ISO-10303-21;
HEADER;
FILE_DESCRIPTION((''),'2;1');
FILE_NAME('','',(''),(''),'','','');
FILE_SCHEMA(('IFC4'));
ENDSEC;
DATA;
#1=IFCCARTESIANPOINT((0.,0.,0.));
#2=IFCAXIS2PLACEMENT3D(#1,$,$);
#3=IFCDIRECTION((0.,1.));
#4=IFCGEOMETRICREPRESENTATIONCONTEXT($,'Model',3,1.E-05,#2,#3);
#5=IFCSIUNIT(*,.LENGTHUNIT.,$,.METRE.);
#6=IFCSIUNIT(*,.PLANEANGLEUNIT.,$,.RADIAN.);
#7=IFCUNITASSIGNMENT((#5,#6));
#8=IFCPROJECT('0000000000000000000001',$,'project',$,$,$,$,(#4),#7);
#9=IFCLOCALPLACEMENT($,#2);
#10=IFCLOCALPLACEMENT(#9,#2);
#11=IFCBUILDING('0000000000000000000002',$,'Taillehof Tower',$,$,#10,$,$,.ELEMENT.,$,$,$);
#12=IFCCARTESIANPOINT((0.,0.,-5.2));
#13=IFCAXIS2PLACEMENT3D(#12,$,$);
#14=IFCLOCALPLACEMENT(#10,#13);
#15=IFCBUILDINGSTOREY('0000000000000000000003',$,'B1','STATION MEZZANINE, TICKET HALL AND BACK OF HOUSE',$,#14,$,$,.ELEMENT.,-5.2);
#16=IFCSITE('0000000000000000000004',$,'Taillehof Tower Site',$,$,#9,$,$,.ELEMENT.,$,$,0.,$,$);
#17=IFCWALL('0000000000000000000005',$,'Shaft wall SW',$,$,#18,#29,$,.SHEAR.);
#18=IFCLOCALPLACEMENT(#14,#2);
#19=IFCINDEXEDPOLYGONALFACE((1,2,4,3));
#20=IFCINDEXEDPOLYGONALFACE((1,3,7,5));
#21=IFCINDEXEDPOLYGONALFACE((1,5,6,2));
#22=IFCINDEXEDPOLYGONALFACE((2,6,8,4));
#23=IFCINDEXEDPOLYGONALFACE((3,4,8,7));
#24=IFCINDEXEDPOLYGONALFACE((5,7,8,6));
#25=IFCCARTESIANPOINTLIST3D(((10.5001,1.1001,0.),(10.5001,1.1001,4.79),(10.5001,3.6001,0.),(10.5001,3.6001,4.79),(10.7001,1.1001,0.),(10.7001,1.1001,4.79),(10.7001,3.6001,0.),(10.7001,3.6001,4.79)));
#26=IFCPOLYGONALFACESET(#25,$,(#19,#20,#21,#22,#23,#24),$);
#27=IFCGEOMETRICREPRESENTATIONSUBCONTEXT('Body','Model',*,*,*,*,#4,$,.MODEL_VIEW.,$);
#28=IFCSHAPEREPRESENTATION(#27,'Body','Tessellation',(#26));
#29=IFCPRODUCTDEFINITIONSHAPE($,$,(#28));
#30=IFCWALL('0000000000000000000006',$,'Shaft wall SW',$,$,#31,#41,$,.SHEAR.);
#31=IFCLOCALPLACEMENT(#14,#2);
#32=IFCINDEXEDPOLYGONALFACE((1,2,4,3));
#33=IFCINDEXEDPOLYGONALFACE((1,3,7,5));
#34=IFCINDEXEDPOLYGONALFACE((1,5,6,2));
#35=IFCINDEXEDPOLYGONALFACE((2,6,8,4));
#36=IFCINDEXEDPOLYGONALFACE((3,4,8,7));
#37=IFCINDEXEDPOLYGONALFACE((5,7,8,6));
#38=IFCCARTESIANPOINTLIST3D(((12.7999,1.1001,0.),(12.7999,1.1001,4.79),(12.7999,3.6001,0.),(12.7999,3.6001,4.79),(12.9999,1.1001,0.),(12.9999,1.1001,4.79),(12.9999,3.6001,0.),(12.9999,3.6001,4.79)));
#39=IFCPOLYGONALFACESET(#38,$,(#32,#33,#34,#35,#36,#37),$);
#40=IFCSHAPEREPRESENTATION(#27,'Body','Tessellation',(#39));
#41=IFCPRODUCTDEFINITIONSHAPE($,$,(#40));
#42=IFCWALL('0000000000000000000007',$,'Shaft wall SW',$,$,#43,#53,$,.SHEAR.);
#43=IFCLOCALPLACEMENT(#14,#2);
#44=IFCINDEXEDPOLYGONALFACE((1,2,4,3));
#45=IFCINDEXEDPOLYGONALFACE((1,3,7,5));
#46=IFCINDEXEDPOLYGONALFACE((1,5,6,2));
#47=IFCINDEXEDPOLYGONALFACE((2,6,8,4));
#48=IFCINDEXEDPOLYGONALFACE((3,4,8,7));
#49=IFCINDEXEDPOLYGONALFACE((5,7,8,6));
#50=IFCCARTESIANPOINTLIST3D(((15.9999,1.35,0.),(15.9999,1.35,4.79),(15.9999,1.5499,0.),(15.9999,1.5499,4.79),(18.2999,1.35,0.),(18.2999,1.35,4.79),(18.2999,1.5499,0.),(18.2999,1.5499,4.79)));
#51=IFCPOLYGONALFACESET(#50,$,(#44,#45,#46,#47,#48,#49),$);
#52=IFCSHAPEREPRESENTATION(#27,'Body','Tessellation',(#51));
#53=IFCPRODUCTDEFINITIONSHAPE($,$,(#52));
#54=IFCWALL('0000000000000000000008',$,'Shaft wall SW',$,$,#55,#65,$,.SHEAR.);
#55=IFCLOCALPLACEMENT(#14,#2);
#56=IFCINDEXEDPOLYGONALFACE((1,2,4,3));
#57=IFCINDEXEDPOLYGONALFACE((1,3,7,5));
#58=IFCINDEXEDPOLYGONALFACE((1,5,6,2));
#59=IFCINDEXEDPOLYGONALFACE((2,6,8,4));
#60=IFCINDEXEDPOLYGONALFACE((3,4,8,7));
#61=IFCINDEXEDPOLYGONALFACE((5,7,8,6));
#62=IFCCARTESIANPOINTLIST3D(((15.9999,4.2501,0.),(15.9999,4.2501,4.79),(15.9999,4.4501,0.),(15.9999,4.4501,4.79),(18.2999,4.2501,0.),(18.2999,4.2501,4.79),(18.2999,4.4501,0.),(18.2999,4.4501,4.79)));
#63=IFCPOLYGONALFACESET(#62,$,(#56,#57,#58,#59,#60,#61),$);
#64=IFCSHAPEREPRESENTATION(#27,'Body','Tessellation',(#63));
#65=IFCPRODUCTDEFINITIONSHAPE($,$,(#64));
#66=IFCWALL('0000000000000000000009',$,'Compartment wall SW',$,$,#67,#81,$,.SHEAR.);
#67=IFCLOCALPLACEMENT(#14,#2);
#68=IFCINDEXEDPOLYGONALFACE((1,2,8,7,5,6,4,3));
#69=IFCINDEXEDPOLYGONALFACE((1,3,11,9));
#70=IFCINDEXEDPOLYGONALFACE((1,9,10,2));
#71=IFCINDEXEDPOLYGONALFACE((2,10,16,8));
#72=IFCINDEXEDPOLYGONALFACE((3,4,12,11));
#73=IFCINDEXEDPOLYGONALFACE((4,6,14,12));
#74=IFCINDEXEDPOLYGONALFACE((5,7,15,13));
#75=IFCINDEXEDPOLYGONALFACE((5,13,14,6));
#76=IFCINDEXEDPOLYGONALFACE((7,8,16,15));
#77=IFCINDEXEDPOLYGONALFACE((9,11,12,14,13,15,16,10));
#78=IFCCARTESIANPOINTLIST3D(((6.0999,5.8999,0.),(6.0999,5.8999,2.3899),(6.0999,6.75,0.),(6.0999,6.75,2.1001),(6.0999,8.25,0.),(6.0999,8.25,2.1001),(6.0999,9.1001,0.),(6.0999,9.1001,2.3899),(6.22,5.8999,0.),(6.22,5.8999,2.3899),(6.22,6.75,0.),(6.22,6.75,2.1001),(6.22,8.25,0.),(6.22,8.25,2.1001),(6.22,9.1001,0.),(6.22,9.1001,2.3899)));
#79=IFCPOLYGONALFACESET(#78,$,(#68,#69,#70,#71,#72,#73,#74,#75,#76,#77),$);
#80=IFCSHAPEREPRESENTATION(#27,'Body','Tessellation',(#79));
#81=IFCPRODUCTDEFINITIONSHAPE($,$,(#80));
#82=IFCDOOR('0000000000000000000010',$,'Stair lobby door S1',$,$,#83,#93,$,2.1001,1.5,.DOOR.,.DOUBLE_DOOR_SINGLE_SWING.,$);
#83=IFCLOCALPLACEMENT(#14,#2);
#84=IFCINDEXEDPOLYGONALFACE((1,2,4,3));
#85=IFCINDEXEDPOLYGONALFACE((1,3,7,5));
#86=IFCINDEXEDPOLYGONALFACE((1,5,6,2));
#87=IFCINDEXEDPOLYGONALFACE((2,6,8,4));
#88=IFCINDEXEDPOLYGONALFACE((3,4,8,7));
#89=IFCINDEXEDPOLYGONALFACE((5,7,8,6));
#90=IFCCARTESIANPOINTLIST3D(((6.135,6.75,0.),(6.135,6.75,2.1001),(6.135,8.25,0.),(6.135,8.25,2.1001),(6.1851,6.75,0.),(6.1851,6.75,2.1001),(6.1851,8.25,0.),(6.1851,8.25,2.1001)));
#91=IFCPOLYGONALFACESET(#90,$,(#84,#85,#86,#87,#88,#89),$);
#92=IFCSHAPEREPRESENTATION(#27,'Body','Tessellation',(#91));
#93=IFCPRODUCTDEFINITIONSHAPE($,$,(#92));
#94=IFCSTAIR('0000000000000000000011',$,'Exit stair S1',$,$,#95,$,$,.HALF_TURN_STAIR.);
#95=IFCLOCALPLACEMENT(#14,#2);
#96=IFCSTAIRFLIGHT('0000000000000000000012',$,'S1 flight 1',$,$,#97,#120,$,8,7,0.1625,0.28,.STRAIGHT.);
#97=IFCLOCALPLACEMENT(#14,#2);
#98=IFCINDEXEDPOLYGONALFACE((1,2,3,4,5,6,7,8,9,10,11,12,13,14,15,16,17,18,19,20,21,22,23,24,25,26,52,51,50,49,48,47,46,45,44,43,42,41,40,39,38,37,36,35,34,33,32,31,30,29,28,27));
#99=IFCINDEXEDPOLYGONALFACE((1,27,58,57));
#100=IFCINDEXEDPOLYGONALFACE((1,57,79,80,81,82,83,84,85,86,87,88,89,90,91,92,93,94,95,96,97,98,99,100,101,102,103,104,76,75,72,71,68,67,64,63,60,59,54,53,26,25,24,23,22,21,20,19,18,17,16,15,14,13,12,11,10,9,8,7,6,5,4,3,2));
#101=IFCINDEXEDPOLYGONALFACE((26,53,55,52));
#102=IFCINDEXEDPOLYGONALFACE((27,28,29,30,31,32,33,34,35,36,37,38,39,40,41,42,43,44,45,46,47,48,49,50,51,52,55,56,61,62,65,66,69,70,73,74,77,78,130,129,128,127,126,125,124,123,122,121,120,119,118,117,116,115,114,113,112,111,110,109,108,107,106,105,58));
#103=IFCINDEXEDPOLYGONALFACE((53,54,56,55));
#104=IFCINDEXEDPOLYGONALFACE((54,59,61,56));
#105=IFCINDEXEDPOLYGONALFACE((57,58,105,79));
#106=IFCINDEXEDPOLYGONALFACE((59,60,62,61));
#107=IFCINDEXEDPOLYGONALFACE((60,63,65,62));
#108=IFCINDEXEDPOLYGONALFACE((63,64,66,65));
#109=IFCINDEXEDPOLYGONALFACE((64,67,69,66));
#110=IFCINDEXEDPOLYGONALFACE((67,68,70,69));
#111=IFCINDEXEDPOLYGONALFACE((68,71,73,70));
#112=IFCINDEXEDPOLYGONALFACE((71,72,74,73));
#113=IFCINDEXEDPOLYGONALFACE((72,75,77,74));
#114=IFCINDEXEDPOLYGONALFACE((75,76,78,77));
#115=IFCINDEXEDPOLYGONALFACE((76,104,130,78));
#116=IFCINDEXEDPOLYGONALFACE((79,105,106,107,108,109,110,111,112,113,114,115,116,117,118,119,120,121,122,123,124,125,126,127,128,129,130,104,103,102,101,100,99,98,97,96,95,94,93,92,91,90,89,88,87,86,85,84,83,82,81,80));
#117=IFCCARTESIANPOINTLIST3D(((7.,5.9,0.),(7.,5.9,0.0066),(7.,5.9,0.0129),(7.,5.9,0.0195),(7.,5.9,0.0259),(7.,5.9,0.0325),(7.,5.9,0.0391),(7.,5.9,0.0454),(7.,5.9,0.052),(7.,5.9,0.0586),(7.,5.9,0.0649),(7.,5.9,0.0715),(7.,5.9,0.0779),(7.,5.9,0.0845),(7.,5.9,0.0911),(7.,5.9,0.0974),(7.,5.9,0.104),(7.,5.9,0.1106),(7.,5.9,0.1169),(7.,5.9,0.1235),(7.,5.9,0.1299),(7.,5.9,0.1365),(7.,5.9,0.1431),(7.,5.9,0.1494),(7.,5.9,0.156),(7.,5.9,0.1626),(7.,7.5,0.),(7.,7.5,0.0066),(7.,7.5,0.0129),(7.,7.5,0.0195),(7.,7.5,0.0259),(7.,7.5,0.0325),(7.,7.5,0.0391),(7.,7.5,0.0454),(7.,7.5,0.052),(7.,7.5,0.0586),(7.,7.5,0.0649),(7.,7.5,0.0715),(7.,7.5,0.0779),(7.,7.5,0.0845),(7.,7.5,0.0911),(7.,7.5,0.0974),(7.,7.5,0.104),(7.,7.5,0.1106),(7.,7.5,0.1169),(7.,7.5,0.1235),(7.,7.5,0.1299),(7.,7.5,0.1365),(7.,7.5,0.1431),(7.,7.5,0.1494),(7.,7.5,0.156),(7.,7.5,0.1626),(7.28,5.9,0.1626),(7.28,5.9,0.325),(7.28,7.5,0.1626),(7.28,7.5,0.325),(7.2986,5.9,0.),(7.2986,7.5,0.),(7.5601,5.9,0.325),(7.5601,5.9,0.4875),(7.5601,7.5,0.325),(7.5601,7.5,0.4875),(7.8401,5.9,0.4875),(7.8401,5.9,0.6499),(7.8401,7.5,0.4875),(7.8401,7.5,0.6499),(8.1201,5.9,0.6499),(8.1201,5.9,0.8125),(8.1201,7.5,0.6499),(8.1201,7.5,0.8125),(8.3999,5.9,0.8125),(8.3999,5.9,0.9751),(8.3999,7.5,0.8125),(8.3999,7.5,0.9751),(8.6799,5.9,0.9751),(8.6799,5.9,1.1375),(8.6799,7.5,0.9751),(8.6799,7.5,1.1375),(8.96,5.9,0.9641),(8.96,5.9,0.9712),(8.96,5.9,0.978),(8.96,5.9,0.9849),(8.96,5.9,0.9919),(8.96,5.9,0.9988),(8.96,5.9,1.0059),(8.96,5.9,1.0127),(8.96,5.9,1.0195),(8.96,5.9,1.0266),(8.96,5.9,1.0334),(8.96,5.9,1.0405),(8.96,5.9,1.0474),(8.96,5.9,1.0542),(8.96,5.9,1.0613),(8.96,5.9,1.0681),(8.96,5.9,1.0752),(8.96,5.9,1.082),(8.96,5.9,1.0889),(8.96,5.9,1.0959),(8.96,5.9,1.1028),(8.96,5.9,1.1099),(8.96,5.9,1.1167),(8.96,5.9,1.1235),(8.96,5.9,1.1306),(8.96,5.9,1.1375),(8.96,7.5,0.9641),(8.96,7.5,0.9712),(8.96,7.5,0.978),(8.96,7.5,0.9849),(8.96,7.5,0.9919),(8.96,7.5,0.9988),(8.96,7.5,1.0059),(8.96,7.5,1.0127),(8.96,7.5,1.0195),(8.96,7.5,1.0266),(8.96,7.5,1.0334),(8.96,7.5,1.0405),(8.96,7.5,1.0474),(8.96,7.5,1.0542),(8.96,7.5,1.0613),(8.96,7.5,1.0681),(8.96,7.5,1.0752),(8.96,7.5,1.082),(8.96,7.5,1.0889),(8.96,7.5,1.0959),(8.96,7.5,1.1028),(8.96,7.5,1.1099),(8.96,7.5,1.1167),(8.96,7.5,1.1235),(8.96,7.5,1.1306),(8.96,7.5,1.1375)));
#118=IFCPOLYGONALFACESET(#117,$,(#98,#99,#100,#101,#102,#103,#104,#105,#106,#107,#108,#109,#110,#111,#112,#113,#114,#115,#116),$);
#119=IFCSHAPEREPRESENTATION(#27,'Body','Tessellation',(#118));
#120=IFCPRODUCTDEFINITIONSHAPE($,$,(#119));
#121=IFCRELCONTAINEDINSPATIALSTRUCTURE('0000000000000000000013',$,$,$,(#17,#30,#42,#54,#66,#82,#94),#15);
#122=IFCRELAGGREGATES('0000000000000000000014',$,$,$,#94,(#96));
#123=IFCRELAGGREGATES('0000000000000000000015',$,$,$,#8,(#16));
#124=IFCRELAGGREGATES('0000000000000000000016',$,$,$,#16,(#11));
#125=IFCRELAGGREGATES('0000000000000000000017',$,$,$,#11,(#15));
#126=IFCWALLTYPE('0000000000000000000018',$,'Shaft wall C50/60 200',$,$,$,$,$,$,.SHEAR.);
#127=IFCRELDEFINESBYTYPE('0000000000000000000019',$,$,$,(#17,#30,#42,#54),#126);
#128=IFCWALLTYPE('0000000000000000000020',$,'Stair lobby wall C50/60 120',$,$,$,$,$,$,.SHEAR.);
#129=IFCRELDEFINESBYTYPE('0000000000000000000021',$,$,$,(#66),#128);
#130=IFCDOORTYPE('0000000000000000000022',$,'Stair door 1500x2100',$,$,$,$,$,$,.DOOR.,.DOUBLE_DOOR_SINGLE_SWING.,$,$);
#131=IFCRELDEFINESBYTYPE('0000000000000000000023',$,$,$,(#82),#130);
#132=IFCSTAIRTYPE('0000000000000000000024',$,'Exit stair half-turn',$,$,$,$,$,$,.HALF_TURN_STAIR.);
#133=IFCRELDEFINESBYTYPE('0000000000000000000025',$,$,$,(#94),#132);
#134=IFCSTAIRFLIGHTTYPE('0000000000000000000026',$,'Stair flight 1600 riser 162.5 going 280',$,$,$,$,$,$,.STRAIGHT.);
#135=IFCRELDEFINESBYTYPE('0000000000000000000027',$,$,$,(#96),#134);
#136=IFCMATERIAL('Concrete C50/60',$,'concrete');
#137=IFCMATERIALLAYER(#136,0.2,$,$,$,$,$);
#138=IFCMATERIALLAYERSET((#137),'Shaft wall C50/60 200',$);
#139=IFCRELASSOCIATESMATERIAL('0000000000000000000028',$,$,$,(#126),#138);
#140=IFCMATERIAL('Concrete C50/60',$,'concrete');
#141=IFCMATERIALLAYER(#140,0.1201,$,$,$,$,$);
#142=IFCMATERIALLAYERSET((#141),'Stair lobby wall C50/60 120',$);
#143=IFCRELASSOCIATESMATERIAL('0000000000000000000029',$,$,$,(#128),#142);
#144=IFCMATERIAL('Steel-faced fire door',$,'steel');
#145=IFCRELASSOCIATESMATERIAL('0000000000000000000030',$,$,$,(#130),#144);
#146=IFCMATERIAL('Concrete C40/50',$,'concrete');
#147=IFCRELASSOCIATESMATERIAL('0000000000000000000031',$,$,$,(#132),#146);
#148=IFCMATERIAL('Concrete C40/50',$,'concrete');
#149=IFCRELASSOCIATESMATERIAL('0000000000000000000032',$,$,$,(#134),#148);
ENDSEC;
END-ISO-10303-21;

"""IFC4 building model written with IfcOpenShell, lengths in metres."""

from ifc_helpers import new_model, si_unit, direction, frame, frame_2d, origin, place, context, subcontext, project, spatial, polyline, rectangle, outline, extrude, material, layer, layer_set, type_object, element, fill, aggregate, save


model = new_model("IFC4")

# Units and contexts
model_context = context("Model", 3, precision=1e-05, world=origin(), true_north=direction((0.0, 1.0)))
body_context = subcontext(model_context, "Body", "Model", "MODEL_VIEW")
ifc_project = project(units=[si_unit("LENGTHUNIT", "METRE"), si_unit("PLANEANGLEUNIT", "RADIAN")], contexts=[model_context])

# Site, building, storey
site_placement = place(None, origin())
site = spatial("IfcSite", under=ifc_project, at=site_placement, Name="Taillehof Tower Site", CompositionType="ELEMENT", RefElevation=0.0)
building_placement = place(site_placement, origin())
building = spatial("IfcBuilding", under=site, at=building_placement, Name="Taillehof Tower", CompositionType="ELEMENT")
storey_placement = place(building_placement, frame((0.0, 0.0, -5.2)))
storey = spatial("IfcBuildingStorey", under=building, at=storey_placement, Name="B1", Description="STATION MEZZANINE, TICKET HALL AND BACK OF HOUSE", CompositionType="ELEMENT", Elevation=-5.2)

# Walls
ifc_material_1 = material(Name="Concrete C50/60", Category="concrete")
ifc_layer_1 = layer(ifc_material_1, 0.2)
ifc_layer_set_1 = layer_set([ifc_layer_1], Name="Shaft wall C50/60 200")
wall_type_1 = type_object("IfcWallType", Name="Shaft wall C50/60 200", PredefinedType="SHEAR", material=ifc_layer_set_1)
for number, where, z_axis, x_axis, name in (
    (1, (10.6001, 1.1001, 0.0), (0.0, 0.0, 1.0), (0.0, 1.0, 0.0), "Shaft wall SW"),
    (2, (12.8999, 1.1001, 0.0), (0.0, 0.0, 1.0), (0.0, 1.0, 0.0), "Shaft wall SW"),
):
    element("IfcWall", number, at=place(storey_placement, frame(where, z_axis=z_axis, x_axis=x_axis)), inside=storey, type_object=wall_type_1, Name=name, PredefinedType="SHEAR", context=body_context, shape_type="SweptSolid", body=[
        extrude(rectangle(XDim=2.5, YDim=0.2, at=frame_2d((1.25, 0.0))), origin(), (0.0, 0.0, 1.0), 4.79),
    ])
for number, where, z_axis, x_axis, name in (
    (3, (16.0, 1.45, 0.0), (0.0, 0.0, 1.0), (1.0, 0.0, 0.0), "Shaft wall SW"),
    (4, (16.0, 4.3501, 0.0), (0.0, 0.0, 1.0), (1.0, 0.0, 0.0), "Shaft wall SW"),
):
    element("IfcWall", number, at=place(storey_placement, frame(where, z_axis=z_axis, x_axis=x_axis)), inside=storey, type_object=wall_type_1, Name=name, PredefinedType="SHEAR", context=body_context, shape_type="SweptSolid", body=[
        extrude(rectangle(XDim=2.3, YDim=0.2, at=frame_2d((1.1499, 0.0))), origin(), (0.0, 0.0, 1.0), 4.79),
    ])

# Wall, opening, door
ifc_material_2 = material(Name="Concrete C50/60", Category="concrete")
ifc_layer_2 = layer(ifc_material_2, 0.1201)
ifc_layer_set_2 = layer_set([ifc_layer_2], Name="Stair lobby wall C50/60 120")
wall_type_2 = type_object("IfcWallType", Name="Stair lobby wall C50/60 120", PredefinedType="SHEAR", material=ifc_layer_set_2)
wall_1_placement = place(storey_placement, frame((6.1599, 5.8999, 0.0), z_axis=(0.0, 0.0, 1.0), x_axis=(0.0, 1.0, 0.0)))
wall_1 = element("IfcWall", 5, at=wall_1_placement, inside=storey, type_object=wall_type_2, Name="Compartment wall SW", PredefinedType="SHEAR", context=body_context, shape_type="SweptSolid", body=[
    extrude(rectangle(XDim=3.2002, YDim=0.1201, at=frame_2d((1.6001, 0.0))), origin(), (0.0, 0.0, 1.0), 2.3899),
])
opening_1_placement = place(wall_1_placement, frame((0.8501, 0.0, 0.0)))
opening_1 = element("IfcOpeningElement", 6, at=opening_1_placement, cuts=wall_1, PredefinedType="OPENING", context=body_context, shape_type="SweptSolid", body=[
    extrude(rectangle(XDim=1.5, YDim=2.1001, at=frame_2d((0.75, 1.05))), frame((0.0, 0.0701, 0.0), z_axis=(0.0, -1.0, 0.0), x_axis=(1.0, 0.0, 0.0)), (0.0, 0.0, 1.0), 0.1401),
])
ifc_material_3 = material(Name="Steel-faced fire door", Category="steel")
door_type_1 = type_object("IfcDoorType", Name="Stair door 1500x2100", OperationType="DOUBLE_DOOR_SINGLE_SWING", PredefinedType="DOOR", material=ifc_material_3)
door_1_placement = place(opening_1_placement, origin())
door_1 = element("IfcDoor", 7, at=door_1_placement, inside=storey, type_object=door_type_1, Name="Stair lobby door S1", OperationType="DOUBLE_DOOR_SINGLE_SWING", OverallHeight=2.1001, OverallWidth=1.5, PredefinedType="DOOR", context=body_context, shape_type="SweptSolid", body=[
    extrude(rectangle(XDim=1.5, YDim=2.1001, at=frame_2d((0.75, 1.05))), frame((0.0, 0.0249, 0.0), z_axis=(0.0, -1.0, 0.0), x_axis=(1.0, 0.0, 0.0)), (0.0, 0.0, 1.0), 0.05),
])
fill(opening_1, door_1)

# Stair, stair flight
ifc_material_4 = material(Name="Concrete C40/50", Category="concrete")
stair_type = type_object("IfcStairType", Name="Exit stair half-turn", PredefinedType="HALF_TURN_STAIR", material=ifc_material_4)
stair_placement = place(storey_placement, origin())
stair = element("IfcStair", 8, at=stair_placement, inside=storey, type_object=stair_type, Name="Exit stair S1", PredefinedType="HALF_TURN_STAIR")
ifc_material_5 = material(Name="Concrete C40/50", Category="concrete")
stair_flight_type = type_object("IfcStairFlightType", Name="Stair flight 1600 riser 162.5 going 280", PredefinedType="STRAIGHT", material=ifc_material_5)
stair_flight_1_placement = place(storey_placement, frame((7.0, 6.7, 0.0), z_axis=(0.0, 0.0, 1.0), x_axis=(1.0, 0.0, 0.0)))
stair_flight_1 = element("IfcStairFlight", 9, at=stair_flight_1_placement, type_object=stair_flight_type, Name="S1 flight 1", NumberOfRisers=8, NumberOfTreads=7, PredefinedType="STRAIGHT", RiserHeight=0.1625, TreadLength=0.28, context=body_context, shape_type="SweptSolid", body=[
    extrude(outline(polyline([(0.0, 0.0), (0.0, 0.0066), (0.0, 0.0129), (0.0, 0.0195), (0.0, 0.0259), (0.0, 0.0325), (0.0, 0.0391), (0.0, 0.0454), (0.0, 0.052), (0.0, 0.0586), (0.0, 0.0649), (0.0, 0.0715), (0.0, 0.0779), (0.0, 0.0845), (0.0, 0.0911), (0.0, 0.0974), (0.0, 0.104), (0.0, 0.1106), (0.0, 0.1169), (0.0, 0.1235), (0.0, 0.1299), (0.0, 0.1365), (0.0, 0.1431), (0.0, 0.1494), (0.0, 0.156), (0.0, 0.1626), (0.28, 0.1626), (0.28, 0.325), (0.5601, 0.325), (0.5601, 0.4875), (0.8401, 0.4875), (0.8401, 0.6499), (1.1201, 0.6499), (1.1201, 0.8125), (1.3999, 0.8125), (1.3999, 0.9751), (1.6799, 0.9751), (1.6799, 1.1375), (1.96, 1.1375), (1.96, 1.1306), (1.96, 1.1235), (1.96, 1.1167), (1.96, 1.1099), (1.96, 1.1028), (1.96, 1.0959), (1.96, 1.0889), (1.96, 1.082), (1.96, 1.0752), (1.96, 1.0681), (1.96, 1.0613), (1.96, 1.0542), (1.96, 1.0474), (1.96, 1.0405), (1.96, 1.0334), (1.96, 1.0266), (1.96, 1.0195), (1.96, 1.0127), (1.96, 1.0059), (1.96, 0.9988), (1.96, 0.9919), (1.96, 0.9849), (1.96, 0.978), (1.96, 0.9712), (1.96, 0.9641), (0.2986, 0.0), (0.0, 0.0)])), frame((0.0, 0.8, 0.0), z_axis=(0.0, -1.0, 0.0), x_axis=(1.0, 0.0, 0.0)), (0.0, 0.0, 1.0), 1.6),
])
aggregate(stair, [stair_flight_1])

save(model, "model.ifc")
